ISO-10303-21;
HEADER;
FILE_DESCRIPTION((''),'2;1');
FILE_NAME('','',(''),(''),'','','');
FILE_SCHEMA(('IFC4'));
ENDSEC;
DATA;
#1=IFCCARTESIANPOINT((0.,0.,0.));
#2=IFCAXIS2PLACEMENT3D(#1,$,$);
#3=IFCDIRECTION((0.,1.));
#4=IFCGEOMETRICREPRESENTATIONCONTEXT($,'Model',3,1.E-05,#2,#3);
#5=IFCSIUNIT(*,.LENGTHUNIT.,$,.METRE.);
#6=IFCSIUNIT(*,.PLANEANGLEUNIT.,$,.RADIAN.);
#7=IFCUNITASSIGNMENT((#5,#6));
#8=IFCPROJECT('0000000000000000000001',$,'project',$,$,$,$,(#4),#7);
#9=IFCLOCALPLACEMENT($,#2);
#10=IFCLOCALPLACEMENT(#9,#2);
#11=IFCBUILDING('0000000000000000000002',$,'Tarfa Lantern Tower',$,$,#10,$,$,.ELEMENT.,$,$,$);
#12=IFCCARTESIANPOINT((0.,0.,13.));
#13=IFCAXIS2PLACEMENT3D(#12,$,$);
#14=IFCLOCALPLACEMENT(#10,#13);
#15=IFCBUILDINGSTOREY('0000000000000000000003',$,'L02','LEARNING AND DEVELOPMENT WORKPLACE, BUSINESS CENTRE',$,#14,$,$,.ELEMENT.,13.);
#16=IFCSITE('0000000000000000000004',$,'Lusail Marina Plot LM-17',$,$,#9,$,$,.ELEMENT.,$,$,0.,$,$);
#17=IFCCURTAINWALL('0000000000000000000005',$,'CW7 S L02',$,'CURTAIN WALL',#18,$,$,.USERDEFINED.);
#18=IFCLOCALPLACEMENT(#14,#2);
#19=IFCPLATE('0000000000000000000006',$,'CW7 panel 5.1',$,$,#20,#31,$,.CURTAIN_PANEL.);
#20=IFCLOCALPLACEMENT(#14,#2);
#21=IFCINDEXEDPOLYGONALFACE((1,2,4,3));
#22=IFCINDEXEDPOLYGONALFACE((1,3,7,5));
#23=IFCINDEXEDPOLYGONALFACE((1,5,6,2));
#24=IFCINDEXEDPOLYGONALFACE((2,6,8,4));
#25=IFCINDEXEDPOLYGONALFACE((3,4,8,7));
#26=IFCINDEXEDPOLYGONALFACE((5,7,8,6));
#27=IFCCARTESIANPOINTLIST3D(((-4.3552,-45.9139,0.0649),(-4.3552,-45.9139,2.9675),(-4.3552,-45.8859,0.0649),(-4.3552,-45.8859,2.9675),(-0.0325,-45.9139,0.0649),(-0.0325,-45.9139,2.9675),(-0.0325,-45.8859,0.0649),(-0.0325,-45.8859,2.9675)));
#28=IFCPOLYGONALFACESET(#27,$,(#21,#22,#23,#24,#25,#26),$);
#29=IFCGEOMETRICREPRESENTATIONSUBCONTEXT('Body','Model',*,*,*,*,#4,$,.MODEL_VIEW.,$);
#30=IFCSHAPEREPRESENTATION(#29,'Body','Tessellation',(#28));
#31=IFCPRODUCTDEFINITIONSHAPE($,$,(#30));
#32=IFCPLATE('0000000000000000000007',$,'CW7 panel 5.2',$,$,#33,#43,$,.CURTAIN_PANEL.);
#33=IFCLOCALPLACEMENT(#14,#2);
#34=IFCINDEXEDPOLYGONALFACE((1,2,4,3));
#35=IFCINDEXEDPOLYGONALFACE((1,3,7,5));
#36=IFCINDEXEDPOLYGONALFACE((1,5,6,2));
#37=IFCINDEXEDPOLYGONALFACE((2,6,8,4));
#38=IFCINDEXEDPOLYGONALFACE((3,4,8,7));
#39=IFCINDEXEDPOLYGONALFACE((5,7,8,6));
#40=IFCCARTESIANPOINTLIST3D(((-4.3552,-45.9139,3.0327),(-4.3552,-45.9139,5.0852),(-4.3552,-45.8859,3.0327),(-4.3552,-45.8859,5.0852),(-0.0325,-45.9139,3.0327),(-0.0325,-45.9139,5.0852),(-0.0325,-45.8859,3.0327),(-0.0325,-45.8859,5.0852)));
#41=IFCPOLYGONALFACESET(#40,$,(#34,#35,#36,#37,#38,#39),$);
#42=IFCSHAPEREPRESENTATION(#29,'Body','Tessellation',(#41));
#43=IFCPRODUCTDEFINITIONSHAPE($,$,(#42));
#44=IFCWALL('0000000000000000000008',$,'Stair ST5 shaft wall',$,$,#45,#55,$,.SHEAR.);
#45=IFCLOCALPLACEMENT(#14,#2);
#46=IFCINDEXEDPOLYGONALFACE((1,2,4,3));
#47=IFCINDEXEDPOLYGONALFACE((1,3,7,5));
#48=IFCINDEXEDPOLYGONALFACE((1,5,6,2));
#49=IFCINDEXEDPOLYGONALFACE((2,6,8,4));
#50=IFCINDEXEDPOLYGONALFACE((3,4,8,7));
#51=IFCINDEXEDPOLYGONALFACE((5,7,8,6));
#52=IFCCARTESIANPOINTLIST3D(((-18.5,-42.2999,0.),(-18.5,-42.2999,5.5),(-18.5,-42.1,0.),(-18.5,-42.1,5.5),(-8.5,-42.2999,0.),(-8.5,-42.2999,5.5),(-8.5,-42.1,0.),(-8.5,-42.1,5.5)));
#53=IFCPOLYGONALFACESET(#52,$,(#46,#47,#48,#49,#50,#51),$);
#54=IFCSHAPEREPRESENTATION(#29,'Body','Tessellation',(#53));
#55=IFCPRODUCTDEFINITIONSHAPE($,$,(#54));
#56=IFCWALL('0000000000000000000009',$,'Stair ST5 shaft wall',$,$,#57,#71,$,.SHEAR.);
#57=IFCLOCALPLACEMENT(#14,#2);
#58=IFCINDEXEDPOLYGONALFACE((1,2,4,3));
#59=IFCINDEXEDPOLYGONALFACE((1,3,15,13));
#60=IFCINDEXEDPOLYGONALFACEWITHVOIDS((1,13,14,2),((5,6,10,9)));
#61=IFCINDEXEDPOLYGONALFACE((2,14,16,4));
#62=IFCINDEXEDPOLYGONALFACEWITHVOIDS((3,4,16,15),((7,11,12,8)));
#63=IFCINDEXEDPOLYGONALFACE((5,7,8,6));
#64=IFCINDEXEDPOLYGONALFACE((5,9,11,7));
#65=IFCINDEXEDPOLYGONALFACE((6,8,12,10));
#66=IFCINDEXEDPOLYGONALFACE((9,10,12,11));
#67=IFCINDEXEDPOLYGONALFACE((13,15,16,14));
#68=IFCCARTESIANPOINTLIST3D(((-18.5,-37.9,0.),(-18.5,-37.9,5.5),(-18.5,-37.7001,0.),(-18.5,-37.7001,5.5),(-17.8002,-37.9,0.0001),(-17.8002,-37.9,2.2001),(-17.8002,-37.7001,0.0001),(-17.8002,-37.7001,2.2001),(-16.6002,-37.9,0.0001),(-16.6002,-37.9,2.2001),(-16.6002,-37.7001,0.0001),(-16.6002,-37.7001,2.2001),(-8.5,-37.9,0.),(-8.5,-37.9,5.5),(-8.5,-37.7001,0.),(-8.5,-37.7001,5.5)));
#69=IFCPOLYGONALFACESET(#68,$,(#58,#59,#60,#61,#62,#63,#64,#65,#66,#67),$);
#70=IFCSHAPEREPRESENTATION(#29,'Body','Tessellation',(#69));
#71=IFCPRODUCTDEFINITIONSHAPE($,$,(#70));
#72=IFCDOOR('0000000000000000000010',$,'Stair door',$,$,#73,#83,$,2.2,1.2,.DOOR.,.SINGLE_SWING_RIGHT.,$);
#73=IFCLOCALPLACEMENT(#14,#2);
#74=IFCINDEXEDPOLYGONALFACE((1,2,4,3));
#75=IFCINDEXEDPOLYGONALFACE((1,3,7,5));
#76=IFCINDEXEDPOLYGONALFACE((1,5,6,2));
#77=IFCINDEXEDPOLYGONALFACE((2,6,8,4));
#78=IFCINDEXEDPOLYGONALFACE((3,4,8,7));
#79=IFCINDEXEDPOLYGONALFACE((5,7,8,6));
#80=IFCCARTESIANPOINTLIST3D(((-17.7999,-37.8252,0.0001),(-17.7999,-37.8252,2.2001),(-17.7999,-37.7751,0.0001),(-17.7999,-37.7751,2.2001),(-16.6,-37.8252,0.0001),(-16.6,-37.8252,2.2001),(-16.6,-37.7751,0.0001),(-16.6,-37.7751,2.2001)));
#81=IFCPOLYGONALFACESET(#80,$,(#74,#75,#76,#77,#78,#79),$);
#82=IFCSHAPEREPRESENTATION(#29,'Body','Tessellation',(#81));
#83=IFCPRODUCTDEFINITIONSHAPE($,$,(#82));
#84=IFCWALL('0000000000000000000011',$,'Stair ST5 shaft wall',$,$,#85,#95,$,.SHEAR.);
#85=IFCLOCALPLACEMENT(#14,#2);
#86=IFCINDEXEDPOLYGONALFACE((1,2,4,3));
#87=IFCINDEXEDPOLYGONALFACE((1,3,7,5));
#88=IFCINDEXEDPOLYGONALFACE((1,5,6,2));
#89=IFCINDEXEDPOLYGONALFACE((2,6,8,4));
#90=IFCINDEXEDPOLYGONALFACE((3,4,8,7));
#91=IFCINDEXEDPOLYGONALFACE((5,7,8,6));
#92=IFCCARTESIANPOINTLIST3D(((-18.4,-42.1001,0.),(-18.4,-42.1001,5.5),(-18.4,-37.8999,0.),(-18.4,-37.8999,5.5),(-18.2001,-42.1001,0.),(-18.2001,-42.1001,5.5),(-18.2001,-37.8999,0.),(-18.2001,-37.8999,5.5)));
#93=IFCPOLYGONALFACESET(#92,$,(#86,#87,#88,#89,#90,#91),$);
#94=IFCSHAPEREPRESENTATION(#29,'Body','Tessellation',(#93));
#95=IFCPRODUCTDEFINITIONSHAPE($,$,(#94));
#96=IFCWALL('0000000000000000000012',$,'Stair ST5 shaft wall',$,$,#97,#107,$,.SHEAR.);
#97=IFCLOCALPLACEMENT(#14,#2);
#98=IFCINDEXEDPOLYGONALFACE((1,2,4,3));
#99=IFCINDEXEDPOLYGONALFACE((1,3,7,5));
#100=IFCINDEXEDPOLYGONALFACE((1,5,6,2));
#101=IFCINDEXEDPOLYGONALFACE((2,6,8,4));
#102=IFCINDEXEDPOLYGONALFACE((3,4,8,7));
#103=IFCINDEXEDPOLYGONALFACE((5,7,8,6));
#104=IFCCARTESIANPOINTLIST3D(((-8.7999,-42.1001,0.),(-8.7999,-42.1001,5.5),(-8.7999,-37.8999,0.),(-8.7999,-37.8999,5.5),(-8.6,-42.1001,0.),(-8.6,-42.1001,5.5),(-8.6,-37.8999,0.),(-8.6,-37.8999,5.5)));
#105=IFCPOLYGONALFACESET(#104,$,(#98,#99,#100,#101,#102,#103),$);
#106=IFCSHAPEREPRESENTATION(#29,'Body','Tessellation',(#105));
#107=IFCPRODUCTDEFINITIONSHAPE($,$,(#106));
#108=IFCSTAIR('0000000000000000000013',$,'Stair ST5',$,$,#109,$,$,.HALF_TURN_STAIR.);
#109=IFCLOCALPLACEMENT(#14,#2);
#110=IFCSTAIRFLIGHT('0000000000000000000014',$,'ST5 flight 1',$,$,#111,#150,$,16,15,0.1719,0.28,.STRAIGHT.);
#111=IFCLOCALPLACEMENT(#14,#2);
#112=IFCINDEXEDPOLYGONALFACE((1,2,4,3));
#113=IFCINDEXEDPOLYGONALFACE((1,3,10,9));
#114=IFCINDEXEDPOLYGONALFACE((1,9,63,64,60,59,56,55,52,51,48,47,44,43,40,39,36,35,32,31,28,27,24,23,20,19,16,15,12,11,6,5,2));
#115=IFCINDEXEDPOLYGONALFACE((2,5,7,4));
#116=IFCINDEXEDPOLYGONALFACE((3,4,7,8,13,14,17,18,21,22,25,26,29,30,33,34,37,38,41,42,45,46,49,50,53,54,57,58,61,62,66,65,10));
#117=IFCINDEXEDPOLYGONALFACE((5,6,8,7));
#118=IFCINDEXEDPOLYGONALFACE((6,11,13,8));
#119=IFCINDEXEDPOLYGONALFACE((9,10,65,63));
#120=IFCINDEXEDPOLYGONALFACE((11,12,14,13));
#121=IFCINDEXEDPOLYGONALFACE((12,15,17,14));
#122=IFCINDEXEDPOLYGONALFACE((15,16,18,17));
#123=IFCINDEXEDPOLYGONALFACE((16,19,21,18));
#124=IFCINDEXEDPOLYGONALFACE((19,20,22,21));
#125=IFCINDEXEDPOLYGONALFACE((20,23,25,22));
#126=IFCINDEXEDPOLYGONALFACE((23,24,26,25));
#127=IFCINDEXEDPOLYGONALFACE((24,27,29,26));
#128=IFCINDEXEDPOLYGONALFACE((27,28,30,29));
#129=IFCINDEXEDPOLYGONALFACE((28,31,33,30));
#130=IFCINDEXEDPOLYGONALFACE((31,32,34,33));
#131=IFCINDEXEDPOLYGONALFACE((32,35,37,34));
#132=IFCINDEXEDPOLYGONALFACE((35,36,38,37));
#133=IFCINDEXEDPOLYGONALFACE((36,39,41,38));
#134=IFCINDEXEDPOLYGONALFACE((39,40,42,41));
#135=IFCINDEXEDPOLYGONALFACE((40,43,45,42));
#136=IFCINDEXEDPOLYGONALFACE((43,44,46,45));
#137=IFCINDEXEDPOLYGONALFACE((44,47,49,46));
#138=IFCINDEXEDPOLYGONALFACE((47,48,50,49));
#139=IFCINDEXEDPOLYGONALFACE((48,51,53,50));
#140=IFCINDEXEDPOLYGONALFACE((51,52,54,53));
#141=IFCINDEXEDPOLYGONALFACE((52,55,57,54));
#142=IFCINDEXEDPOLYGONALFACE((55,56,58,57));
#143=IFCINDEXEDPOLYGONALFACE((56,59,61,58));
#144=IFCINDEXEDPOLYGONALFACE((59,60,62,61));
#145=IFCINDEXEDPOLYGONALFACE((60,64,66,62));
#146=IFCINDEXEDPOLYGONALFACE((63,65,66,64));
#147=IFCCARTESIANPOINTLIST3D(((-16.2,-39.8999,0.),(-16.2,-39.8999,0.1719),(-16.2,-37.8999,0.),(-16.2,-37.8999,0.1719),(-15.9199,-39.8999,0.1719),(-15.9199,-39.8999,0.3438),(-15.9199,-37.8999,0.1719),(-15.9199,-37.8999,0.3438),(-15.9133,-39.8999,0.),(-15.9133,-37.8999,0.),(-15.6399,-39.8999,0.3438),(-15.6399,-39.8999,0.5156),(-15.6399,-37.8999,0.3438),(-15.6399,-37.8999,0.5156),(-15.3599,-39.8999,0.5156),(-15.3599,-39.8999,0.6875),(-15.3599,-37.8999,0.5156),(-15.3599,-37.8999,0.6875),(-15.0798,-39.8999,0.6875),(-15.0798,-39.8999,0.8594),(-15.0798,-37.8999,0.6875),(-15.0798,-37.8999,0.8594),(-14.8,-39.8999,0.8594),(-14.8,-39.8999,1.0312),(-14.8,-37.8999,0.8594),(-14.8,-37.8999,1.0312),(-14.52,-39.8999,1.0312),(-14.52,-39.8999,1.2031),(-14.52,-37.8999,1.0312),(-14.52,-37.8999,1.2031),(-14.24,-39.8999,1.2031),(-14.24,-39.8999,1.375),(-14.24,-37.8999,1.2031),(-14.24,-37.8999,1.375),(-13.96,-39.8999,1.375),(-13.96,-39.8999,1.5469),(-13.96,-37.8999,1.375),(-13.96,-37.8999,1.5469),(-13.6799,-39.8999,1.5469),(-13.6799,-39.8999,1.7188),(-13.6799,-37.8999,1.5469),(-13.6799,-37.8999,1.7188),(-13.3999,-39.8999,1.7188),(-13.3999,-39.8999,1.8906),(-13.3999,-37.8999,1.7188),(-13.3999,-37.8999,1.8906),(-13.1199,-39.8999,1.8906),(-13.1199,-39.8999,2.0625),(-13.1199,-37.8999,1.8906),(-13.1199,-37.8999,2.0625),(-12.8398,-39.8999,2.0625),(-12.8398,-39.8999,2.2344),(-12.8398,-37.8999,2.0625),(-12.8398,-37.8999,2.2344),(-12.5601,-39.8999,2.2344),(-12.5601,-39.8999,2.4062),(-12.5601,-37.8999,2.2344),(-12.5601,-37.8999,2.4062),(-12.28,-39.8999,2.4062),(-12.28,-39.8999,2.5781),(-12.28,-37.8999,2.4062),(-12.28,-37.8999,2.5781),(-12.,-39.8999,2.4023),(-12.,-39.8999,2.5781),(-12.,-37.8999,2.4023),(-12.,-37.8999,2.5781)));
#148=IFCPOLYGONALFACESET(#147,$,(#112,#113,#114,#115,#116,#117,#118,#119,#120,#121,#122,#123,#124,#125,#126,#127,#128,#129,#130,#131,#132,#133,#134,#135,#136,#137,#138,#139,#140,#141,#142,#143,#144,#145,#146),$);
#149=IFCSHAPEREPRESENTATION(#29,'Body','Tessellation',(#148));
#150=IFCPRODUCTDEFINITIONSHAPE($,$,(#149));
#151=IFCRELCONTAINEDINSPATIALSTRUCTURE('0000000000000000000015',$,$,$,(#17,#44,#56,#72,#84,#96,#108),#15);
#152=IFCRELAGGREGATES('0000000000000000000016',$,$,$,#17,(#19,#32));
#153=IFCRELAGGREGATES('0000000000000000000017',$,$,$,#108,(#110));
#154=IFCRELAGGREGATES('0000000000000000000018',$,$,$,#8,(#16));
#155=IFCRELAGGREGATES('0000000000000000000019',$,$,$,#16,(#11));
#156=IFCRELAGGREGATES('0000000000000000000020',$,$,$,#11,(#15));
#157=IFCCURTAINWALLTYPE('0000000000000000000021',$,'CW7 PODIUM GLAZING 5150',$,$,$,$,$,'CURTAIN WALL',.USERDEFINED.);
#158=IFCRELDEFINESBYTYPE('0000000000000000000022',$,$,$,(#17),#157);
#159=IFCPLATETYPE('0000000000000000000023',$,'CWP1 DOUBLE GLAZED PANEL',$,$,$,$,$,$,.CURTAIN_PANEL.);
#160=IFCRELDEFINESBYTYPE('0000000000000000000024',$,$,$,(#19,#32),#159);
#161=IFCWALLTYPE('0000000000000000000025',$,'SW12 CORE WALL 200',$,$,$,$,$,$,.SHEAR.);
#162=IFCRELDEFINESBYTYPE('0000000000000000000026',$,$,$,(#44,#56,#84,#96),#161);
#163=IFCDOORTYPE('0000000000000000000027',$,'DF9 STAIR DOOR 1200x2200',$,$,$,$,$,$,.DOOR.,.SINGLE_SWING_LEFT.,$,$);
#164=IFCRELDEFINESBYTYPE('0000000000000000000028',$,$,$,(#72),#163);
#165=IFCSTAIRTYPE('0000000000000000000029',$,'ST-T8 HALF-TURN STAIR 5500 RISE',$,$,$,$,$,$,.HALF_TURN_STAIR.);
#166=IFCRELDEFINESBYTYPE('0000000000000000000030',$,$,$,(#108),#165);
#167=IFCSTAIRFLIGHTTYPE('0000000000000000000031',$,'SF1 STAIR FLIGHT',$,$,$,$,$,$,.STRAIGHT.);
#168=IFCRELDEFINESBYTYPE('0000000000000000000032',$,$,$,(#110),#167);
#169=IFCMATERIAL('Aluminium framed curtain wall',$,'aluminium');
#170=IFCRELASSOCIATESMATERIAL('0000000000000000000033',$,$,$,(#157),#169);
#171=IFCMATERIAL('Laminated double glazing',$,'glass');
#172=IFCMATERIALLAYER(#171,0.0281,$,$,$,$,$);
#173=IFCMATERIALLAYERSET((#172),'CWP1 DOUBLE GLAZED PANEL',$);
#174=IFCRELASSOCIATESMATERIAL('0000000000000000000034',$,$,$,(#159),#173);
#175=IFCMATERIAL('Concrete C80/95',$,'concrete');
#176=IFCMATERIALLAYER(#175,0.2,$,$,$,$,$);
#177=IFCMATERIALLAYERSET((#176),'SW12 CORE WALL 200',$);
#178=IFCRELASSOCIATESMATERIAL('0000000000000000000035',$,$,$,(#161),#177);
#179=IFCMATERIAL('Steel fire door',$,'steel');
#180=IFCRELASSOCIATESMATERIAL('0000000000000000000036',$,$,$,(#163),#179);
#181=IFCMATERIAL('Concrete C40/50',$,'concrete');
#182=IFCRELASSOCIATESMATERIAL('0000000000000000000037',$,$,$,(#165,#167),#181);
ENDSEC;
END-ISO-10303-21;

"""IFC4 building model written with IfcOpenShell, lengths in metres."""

from ifc_helpers import new_model, si_unit, direction, frame, frame_2d, origin, origin_2d, place, context, subcontext, project, spatial, polyline, rectangle, outline, extrude, material, layer, layer_set, type_object, element, fill, aggregate, save


model = new_model("IFC4")

# Units and contexts
model_context = context("Model", 3, precision=1e-05, world=origin(), true_north=direction((0.0, 1.0)))
body_context = subcontext(model_context, "Body", "Model", "MODEL_VIEW")
ifc_project = project(units=[si_unit("LENGTHUNIT", "METRE"), si_unit("PLANEANGLEUNIT", "RADIAN")], contexts=[model_context])

# Site, building, storey
site_placement = place(None, origin())
site = spatial("IfcSite", under=ifc_project, at=site_placement, Name="Lusail Marina Plot LM-17", CompositionType="ELEMENT", RefElevation=0.0)
building_placement = place(site_placement, origin())
building = spatial("IfcBuilding", under=site, at=building_placement, Name="Tarfa Lantern Tower", CompositionType="ELEMENT")
storey_placement = place(building_placement, frame((0.0, 0.0, 13.0)))
storey = spatial("IfcBuildingStorey", under=building, at=storey_placement, Name="L02", Description="LEARNING AND DEVELOPMENT WORKPLACE, BUSINESS CENTRE", CompositionType="ELEMENT", Elevation=13.0)

# Shared definitions
ifc_material_1 = material(Name="Concrete C80/95", Category="concrete")

# Curtain wall
ifc_material_2 = material(Name="Aluminium framed curtain wall", Category="aluminium")
curtain_wall_type = type_object("IfcCurtainWallType", Name="CW7 PODIUM GLAZING 5150", ElementType="CURTAIN WALL", PredefinedType="USERDEFINED", material=ifc_material_2)
curtain_wall_placement = place(storey_placement, origin())
curtain_wall = element("IfcCurtainWall", 1, at=curtain_wall_placement, inside=storey, type_object=curtain_wall_type, Name="CW7 S L02", ObjectType="CURTAIN WALL", PredefinedType="USERDEFINED")

# Plates
ifc_material_3 = material(Name="Laminated double glazing", Category="glass")
ifc_layer_1 = layer(ifc_material_3, 0.0281)
ifc_layer_set_1 = layer_set([ifc_layer_1], Name="CWP1 DOUBLE GLAZED PANEL")
plate_type = type_object("IfcPlateType", Name="CWP1 DOUBLE GLAZED PANEL", PredefinedType="CURTAIN_PANEL", material=ifc_layer_set_1)
plate_1_placement = place(storey_placement, frame((-2.1938, -45.8999, 0.0649), z_axis=(0.0, 0.0, 1.0), x_axis=(1.0, 0.0, 0.0)))
plate_1 = element("IfcPlate", 2, at=plate_1_placement, type_object=plate_type, Name="CW7 panel 5.1", PredefinedType="CURTAIN_PANEL", context=body_context, shape_type="SweptSolid", body=[
    extrude(rectangle(XDim=4.3228, YDim=0.0281, at=origin_2d()), origin(), (0.0, 0.0, 1.0), 2.9026),
])
plate_2_placement = place(storey_placement, frame((-2.1938, -45.8999, 3.0327), z_axis=(0.0, 0.0, 1.0), x_axis=(1.0, 0.0, 0.0)))
plate_2 = element("IfcPlate", 3, at=plate_2_placement, type_object=plate_type, Name="CW7 panel 5.2", PredefinedType="CURTAIN_PANEL", context=body_context, shape_type="SweptSolid", body=[
    extrude(rectangle(XDim=4.3228, YDim=0.0281, at=origin_2d()), origin(), (0.0, 0.0, 1.0), 2.0525),
])
aggregate(curtain_wall, [plate_1, plate_2])

# Wall
ifc_layer_2 = layer(ifc_material_1, 0.2)
ifc_layer_set_2 = layer_set([ifc_layer_2], Name="SW12 CORE WALL 200")
wall_type = type_object("IfcWallType", Name="SW12 CORE WALL 200", PredefinedType="SHEAR", material=ifc_layer_set_2)
wall_1_placement = place(storey_placement, frame((-18.5, -42.2, 0.0), z_axis=(0.0, 0.0, 1.0), x_axis=(1.0, 0.0, 0.0)))
element("IfcWall", 4, at=wall_1_placement, inside=storey, type_object=wall_type, Name="Stair ST5 shaft wall", PredefinedType="SHEAR", context=body_context, shape_type="SweptSolid", body=[
    extrude(rectangle(XDim=10.0, YDim=0.2, at=frame_2d((5.0, 0.0))), origin(), (0.0, 0.0, 1.0), 5.5),
])

# Wall, opening, door
wall_2_placement = place(storey_placement, frame((-8.5, -37.8, 0.0), z_axis=(0.0, 0.0, 1.0), x_axis=(-1.0, 0.0, 0.0)))
wall_2 = element("IfcWall", 5, at=wall_2_placement, inside=storey, type_object=wall_type, Name="Stair ST5 shaft wall", PredefinedType="SHEAR", context=body_context, shape_type="SweptSolid", body=[
    extrude(rectangle(XDim=10.0, YDim=0.2, at=frame_2d((5.0, 0.0))), origin(), (0.0, 0.0, 1.0), 5.5),
])
opening_placement = place(wall_2_placement, frame((8.1001, 0.0, 0.0)))
opening = element("IfcOpeningElement", 6, at=opening_placement, cuts=wall_2, PredefinedType="OPENING", context=body_context, shape_type="SweptSolid", body=[
    extrude(rectangle(XDim=1.2, YDim=2.2, at=frame_2d((0.6001, 1.1001))), frame((0.0, 0.1099, 0.0), z_axis=(0.0, -1.0, 0.0), x_axis=(1.0, 0.0, 0.0)), (0.0, 0.0, 1.0), 0.22),
])
ifc_material_4 = material(Name="Steel fire door", Category="steel")
door_type = type_object("IfcDoorType", Name="DF9 STAIR DOOR 1200x2200", OperationType="SINGLE_SWING_LEFT", PredefinedType="DOOR", material=ifc_material_4)
door_placement = place(opening_placement, frame((1.2, 0.0, 0.0), z_axis=(0.0, 0.0, 1.0), x_axis=(-1.0, 0.0, 0.0)))
door = element("IfcDoor", 7, at=door_placement, inside=storey, type_object=door_type, Name="Stair door", OperationType="SINGLE_SWING_RIGHT", OverallHeight=2.2, OverallWidth=1.2, PredefinedType="DOOR", context=body_context, shape_type="SweptSolid", body=[
    extrude(rectangle(XDim=1.2, YDim=2.2, at=frame_2d((0.6001, 1.1001))), frame((0.0, 0.0249, 0.0), z_axis=(0.0, -1.0, 0.0), x_axis=(1.0, 0.0, 0.0)), (0.0, 0.0, 1.0), 0.05),
])
fill(opening, door)

# Walls
for number, where, z_axis, x_axis, name in (
    (8, (-18.3, -37.8999, 0.0), (0.0, 0.0, 1.0), (0.0, -1.0, 0.0), "Stair ST5 shaft wall"),
    (9, (-8.7, -42.1001, 0.0), (0.0, 0.0, 1.0), (0.0, 1.0, 0.0), "Stair ST5 shaft wall"),
):
    element("IfcWall", number, at=place(storey_placement, frame(where, z_axis=z_axis, x_axis=x_axis)), inside=storey, type_object=wall_type, Name=name, PredefinedType="SHEAR", context=body_context, shape_type="SweptSolid", body=[
        extrude(rectangle(XDim=4.2002, YDim=0.2, at=frame_2d((2.1001, 0.0))), origin(), (0.0, 0.0, 1.0), 5.5),
    ])

# Stair, stair flight
ifc_material_5 = material(Name="Concrete C40/50", Category="concrete")
stair_type = type_object("IfcStairType", Name="ST-T8 HALF-TURN STAIR 5500 RISE", PredefinedType="HALF_TURN_STAIR", material=ifc_material_5)
stair_placement = place(storey_placement, origin())
stair = element("IfcStair", 10, at=stair_placement, inside=storey, type_object=stair_type, Name="Stair ST5", PredefinedType="HALF_TURN_STAIR")
stair_flight_type = type_object("IfcStairFlightType", Name="SF1 STAIR FLIGHT", PredefinedType="STRAIGHT", material=ifc_material_5)
stair_flight_1_placement = place(storey_placement, frame((-16.2, -38.8999, 0.0), z_axis=(0.0, 0.0, 1.0), x_axis=(1.0, 0.0, 0.0)))
stair_flight_1 = element("IfcStairFlight", 11, at=stair_flight_1_placement, type_object=stair_flight_type, Name="ST5 flight 1", NumberOfRisers=16, NumberOfTreads=15, PredefinedType="STRAIGHT", RiserHeight=0.1719, TreadLength=0.28, context=body_context, shape_type="SweptSolid", body=[
    extrude(outline(polyline([(0.0, 0.0), (0.0, 0.1719), (0.28, 0.1719), (0.28, 0.3438), (0.5601, 0.3438), (0.5601, 0.5156), (0.8401, 0.5156), (0.8401, 0.6875), (1.1201, 0.6875), (1.1201, 0.8594), (1.3999, 0.8594), (1.3999, 1.0312), (1.6799, 1.0312), (1.6799, 1.2031), (1.96, 1.2031), (1.96, 1.375), (2.24, 1.375), (2.24, 1.5469), (2.52, 1.5469), (2.52, 1.7188), (2.8, 1.7188), (2.8, 1.8906), (3.0801, 1.8906), (3.0801, 2.0625), (3.3601, 2.0625), (3.3601, 2.2344), (3.6399, 2.2344), (3.6399, 2.4062), (3.9199, 2.4062), (3.9199, 2.5781), (4.2, 2.5781), (4.2, 2.75), (4.2, 2.4023), (0.2866, 0.0), (0.0, 0.0)])), frame((0.0, 1.0, 0.0), z_axis=(0.0, -1.0, 0.0), x_axis=(1.0, 0.0, 0.0)), (0.0, 0.0, 1.0), 2.0),
])
aggregate(stair, [stair_flight_1])

save(model, "model.ifc")
